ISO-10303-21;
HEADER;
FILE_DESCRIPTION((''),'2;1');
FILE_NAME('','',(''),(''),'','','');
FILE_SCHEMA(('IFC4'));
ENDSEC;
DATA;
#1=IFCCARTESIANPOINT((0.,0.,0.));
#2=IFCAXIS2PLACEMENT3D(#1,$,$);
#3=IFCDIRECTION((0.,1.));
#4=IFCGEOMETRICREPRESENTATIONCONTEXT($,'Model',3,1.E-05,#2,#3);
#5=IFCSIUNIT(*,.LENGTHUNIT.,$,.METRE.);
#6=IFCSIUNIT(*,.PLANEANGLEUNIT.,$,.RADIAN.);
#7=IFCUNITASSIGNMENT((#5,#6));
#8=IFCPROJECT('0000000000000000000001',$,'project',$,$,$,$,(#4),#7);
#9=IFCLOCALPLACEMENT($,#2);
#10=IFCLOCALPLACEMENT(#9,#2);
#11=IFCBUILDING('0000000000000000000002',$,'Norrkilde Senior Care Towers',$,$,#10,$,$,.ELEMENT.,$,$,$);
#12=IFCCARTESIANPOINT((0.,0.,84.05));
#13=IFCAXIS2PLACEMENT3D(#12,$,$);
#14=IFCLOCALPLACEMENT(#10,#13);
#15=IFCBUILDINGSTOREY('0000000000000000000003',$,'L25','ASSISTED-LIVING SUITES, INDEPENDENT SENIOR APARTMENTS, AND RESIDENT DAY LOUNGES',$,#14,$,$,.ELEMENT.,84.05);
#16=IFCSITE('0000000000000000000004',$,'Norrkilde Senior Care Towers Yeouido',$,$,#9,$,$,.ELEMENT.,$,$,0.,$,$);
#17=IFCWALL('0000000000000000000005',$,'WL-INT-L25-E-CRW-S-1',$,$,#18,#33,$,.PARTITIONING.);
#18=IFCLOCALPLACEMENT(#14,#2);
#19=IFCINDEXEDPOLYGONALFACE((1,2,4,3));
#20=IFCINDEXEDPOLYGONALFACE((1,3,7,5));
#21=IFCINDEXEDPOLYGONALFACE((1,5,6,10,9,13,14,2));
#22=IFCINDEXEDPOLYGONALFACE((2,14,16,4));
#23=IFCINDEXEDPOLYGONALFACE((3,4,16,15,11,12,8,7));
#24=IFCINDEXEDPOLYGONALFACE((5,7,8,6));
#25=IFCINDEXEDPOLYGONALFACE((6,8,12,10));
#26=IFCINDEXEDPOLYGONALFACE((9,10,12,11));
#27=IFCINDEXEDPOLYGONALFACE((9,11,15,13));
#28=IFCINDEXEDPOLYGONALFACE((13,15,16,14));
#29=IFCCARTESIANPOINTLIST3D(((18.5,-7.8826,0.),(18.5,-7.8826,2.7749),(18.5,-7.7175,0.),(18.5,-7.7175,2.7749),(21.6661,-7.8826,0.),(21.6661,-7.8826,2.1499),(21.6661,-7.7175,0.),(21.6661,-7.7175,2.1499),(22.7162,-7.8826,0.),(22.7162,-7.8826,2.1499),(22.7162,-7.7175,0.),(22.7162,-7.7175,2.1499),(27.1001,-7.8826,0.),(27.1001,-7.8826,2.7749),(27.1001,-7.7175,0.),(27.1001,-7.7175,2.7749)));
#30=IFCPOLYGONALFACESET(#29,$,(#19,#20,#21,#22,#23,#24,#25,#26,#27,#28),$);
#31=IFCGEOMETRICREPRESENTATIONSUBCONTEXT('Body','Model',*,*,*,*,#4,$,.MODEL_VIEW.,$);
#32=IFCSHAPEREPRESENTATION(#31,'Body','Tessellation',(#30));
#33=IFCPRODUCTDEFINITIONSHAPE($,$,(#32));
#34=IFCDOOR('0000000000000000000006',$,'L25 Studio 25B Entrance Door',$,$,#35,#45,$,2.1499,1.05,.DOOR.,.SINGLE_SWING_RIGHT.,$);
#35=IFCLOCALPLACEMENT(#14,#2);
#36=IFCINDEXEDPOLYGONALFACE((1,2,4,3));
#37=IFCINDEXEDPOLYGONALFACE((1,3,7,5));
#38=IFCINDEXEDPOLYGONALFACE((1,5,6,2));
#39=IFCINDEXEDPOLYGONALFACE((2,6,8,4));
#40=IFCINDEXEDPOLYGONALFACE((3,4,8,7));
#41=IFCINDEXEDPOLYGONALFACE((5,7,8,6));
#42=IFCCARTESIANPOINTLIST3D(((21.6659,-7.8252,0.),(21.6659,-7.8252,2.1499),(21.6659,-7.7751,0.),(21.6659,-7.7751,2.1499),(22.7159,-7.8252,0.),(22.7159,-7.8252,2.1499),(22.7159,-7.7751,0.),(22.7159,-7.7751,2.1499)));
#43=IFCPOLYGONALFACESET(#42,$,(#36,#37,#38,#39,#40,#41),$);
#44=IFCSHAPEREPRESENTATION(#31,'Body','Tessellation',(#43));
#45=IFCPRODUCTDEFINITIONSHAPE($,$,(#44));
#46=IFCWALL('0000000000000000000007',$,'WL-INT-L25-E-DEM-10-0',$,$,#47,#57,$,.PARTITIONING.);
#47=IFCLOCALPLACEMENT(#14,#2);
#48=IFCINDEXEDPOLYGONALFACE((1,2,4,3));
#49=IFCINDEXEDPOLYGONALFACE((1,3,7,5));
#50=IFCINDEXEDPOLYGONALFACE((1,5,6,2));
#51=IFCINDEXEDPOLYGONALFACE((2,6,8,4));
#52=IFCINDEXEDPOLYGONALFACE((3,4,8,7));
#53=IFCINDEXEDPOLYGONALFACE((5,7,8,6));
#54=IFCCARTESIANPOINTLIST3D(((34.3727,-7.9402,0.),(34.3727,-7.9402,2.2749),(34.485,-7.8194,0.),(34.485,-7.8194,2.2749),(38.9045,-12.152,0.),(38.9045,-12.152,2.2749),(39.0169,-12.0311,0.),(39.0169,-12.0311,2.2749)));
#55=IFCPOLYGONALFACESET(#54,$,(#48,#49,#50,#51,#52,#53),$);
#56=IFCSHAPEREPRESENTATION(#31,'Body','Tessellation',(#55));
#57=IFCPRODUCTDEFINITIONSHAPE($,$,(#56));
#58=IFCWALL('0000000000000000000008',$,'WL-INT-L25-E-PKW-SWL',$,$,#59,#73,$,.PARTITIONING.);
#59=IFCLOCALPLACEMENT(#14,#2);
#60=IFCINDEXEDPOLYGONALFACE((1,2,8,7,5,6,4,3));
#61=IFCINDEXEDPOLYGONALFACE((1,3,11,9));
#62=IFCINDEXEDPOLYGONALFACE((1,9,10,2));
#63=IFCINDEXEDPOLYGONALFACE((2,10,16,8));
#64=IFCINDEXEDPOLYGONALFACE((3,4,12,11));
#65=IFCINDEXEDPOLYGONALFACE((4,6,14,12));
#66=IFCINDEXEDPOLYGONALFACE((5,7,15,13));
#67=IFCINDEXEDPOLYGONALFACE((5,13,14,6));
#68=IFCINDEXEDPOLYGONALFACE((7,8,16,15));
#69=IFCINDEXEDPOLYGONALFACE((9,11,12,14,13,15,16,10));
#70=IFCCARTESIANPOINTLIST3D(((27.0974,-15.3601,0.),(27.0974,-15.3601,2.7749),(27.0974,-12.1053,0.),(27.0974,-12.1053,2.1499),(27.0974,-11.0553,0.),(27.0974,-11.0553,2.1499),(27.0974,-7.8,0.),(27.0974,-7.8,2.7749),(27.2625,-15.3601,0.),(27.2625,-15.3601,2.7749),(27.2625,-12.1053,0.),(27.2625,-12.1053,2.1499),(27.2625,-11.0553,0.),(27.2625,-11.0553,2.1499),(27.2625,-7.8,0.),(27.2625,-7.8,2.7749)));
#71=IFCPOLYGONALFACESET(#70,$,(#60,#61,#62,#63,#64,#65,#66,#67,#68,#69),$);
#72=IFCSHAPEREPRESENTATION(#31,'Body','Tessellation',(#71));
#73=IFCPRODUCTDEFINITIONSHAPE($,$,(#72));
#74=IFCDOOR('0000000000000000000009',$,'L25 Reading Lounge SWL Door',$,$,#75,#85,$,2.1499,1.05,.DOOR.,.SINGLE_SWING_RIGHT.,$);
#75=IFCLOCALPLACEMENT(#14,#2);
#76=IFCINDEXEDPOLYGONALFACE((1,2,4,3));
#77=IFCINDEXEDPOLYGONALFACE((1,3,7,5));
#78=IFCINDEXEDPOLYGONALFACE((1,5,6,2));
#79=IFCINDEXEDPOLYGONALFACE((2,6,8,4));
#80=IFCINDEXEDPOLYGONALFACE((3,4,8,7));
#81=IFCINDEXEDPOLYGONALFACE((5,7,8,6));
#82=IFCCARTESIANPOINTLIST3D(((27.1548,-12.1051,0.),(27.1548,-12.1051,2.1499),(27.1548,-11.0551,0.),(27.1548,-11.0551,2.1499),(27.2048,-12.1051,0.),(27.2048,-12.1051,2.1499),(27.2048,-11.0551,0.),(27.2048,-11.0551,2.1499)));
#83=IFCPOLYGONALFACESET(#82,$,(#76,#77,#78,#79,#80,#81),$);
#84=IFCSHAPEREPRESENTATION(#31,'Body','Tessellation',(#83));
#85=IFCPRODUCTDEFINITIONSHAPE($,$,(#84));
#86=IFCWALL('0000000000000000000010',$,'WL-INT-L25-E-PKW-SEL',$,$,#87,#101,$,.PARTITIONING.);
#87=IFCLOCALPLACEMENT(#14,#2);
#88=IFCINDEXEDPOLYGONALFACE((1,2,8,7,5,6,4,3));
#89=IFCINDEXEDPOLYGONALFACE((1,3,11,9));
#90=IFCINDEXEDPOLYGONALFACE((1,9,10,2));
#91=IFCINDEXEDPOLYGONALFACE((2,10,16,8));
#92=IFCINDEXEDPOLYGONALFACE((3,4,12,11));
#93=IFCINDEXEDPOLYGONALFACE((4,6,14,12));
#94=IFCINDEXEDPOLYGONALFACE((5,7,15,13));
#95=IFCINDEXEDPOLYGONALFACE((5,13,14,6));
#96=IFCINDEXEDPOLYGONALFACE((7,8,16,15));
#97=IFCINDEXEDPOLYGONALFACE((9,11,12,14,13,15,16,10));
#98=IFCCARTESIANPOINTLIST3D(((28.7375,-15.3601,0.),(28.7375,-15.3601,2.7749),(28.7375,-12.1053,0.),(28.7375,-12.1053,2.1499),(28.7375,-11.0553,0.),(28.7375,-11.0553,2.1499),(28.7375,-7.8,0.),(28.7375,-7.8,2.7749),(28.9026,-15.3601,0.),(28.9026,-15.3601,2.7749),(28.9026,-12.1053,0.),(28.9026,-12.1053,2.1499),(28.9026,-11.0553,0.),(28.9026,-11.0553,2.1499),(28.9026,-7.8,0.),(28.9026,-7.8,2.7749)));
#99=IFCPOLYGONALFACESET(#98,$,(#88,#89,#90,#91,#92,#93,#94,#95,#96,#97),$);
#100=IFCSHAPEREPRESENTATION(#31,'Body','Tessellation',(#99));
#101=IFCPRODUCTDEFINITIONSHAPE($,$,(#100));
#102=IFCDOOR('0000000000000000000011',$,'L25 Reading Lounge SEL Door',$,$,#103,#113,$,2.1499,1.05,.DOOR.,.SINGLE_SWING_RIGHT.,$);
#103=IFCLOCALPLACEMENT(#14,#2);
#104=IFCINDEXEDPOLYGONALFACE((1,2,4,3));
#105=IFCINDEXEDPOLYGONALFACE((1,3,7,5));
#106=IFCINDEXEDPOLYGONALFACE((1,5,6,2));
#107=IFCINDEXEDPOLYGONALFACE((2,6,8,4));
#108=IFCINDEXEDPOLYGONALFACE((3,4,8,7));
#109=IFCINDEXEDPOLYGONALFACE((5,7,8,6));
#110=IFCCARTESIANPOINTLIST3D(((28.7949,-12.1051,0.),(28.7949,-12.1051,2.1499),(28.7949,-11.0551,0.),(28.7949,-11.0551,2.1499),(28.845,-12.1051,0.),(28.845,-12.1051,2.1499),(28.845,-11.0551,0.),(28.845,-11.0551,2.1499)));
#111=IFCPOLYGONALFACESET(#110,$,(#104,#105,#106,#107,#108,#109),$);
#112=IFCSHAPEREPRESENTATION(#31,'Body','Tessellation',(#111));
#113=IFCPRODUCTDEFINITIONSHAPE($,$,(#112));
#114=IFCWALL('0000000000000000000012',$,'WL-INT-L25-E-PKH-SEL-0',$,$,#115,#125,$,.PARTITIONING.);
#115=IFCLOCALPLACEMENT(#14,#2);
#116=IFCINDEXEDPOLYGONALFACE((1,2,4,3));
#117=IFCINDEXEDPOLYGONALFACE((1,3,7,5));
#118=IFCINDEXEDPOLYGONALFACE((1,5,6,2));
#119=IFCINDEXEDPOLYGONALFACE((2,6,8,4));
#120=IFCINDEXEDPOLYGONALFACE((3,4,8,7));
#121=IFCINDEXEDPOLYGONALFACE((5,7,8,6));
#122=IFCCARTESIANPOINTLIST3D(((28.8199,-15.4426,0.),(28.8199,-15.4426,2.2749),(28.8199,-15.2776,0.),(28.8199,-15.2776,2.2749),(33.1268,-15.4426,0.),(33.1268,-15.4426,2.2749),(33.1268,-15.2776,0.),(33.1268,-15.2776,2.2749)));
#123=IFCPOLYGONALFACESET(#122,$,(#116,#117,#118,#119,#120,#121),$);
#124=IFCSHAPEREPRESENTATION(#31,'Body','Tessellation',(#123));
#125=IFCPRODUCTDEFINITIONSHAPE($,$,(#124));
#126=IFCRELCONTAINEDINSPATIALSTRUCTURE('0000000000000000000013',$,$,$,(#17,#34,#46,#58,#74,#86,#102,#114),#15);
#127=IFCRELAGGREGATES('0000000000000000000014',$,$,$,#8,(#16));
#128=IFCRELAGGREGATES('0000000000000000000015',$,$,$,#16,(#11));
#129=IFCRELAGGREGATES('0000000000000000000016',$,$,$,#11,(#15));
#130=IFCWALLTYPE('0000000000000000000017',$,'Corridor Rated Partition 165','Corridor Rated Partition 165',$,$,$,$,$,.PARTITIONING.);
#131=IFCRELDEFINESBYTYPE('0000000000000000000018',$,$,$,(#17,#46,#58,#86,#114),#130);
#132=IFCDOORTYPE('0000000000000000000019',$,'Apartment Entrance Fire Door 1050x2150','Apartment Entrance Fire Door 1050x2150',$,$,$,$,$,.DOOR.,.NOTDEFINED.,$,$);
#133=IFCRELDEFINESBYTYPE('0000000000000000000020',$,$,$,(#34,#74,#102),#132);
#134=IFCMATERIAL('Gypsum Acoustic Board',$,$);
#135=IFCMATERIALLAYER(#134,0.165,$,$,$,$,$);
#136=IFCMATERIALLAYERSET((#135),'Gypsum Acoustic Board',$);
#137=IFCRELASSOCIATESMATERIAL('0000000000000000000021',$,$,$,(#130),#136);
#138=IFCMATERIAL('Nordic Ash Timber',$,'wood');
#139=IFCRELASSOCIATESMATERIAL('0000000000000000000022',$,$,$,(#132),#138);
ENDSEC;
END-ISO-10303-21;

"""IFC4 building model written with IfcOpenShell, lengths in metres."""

from ifc_helpers import new_model, si_unit, direction, frame, frame_2d, origin, place, context, subcontext, project, spatial, rectangle, extrude, source, transform, mapped, material, layer, layer_set, type_object, type_shapes, element, fill, save


model = new_model("IFC4")

# Units and contexts
model_context = context("Model", 3, precision=1e-05, world=origin(), true_north=direction((0.0, 1.0)))
body_context = subcontext(model_context, "Body", "Model", "MODEL_VIEW")
ifc_project = project(units=[si_unit("LENGTHUNIT", "METRE"), si_unit("PLANEANGLEUNIT", "RADIAN")], contexts=[model_context])

# Site, building, storey
site_placement = place(None, origin())
site = spatial("IfcSite", under=ifc_project, at=site_placement, Name="Norrkilde Senior Care Towers Yeouido", CompositionType="ELEMENT", RefElevation=0.0)
building_placement = place(site_placement, origin())
building = spatial("IfcBuilding", under=site, at=building_placement, Name="Norrkilde Senior Care Towers", CompositionType="ELEMENT")
storey_placement = place(building_placement, frame((0.0, 0.0, 84.05)))
storey = spatial("IfcBuildingStorey", under=building, at=storey_placement, Name="L25", Description="ASSISTED-LIVING SUITES, INDEPENDENT SENIOR APARTMENTS, AND RESIDENT DAY LOUNGES", CompositionType="ELEMENT", Elevation=84.05)

# Wall, opening, door
ifc_material_1 = material(Name="Gypsum Acoustic Board")
ifc_layer_1 = layer(ifc_material_1, 0.165)
ifc_layer_set_1 = layer_set([ifc_layer_1], Name="Gypsum Acoustic Board")
wall_type_1 = type_object("IfcWallType", Name="Corridor Rated Partition 165", Description="Corridor Rated Partition 165", PredefinedType="PARTITIONING", material=ifc_layer_set_1)
shared_shape_1 = source(origin(), body_context, "Body", "SweptSolid", [
    extrude(rectangle(XDim=8.6001, YDim=0.165, at=frame_2d((4.3, 0.0))), origin(), (0.0, 0.0, 1.0), 2.7749),
])
wall_1_placement = place(storey_placement, frame((27.1001, -7.8, 0.0), z_axis=(0.0, 0.0, 1.0), x_axis=(-1.0, 0.0, 0.0)))
wall_1 = element("IfcWall", 1, at=wall_1_placement, inside=storey, type_object=wall_type_1, Name="WL-INT-L25-E-CRW-S-1", PredefinedType="PARTITIONING", context=body_context, shape_type="MappedRepresentation", body=[
    mapped(shared_shape_1, transform((0.0, 0.0, 0.0), x_axis=(1.0, 0.0, 0.0), y_axis=(0.0, 1.0, 0.0), z_axis=(0.0, 0.0, 1.0), scale=1.0)),
])
opening_1_placement = place(wall_1_placement, frame((4.384, 0.0, 0.0)))
opening_1 = element("IfcOpeningElement", 2, at=opening_1_placement, cuts=wall_1, PredefinedType="OPENING", context=body_context, shape_type="SweptSolid", body=[
    extrude(rectangle(XDim=1.05, YDim=2.1499, at=frame_2d((0.5249, 1.075))), frame((0.0, 0.0925, 0.0), z_axis=(0.0, -1.0, 0.0), x_axis=(1.0, 0.0, 0.0)), (0.0, 0.0, 1.0), 0.1851),
])
ifc_material_2 = material(Name="Nordic Ash Timber", Category="wood")
door_type_1 = type_object("IfcDoorType", Name="Apartment Entrance Fire Door 1050x2150", Description="Apartment Entrance Fire Door 1050x2150", OperationType="NOTDEFINED", PredefinedType="DOOR", material=ifc_material_2)
shared_shape_2 = source(origin(), body_context, "Body", "SweptSolid", [
    extrude(rectangle(XDim=1.05, YDim=2.1499, at=frame_2d((0.5249, 1.075))), frame((0.0, 0.0249, 0.0), z_axis=(0.0, -1.0, 0.0), x_axis=(1.0, 0.0, 0.0)), (0.0, 0.0, 1.0), 0.05),
])
type_shapes(door_type_1, [shared_shape_2])
door_1_placement = place(opening_1_placement, frame((1.05, 0.0, 0.0), z_axis=(0.0, 0.0, 1.0), x_axis=(-1.0, 0.0, 0.0)))
door_1 = element("IfcDoor", 3, at=door_1_placement, inside=storey, type_object=door_type_1, Name="L25 Studio 25B Entrance Door", OperationType="SINGLE_SWING_RIGHT", OverallHeight=2.1499, OverallWidth=1.05, PredefinedType="DOOR", context=body_context, shape_type="MappedRepresentation", body=[
    mapped(shared_shape_2, transform((0.0, 0.0, 0.0), x_axis=(1.0, 0.0, 0.0), y_axis=(0.0, 1.0, 0.0), z_axis=(0.0, 0.0, 1.0), scale=1.0)),
])
fill(opening_1, door_1)

# Wall
shared_shape_3 = source(origin(), body_context, "Body", "SweptSolid", [
    extrude(rectangle(XDim=6.1868, YDim=0.165, at=frame_2d((3.0933, 0.0))), origin(), (0.0, 0.0, 1.0), 2.2749),
])
wall_2_placement = place(storey_placement, frame((34.429, -7.8799, 0.0), z_axis=(0.0, 0.0, 1.0), x_axis=(0.732501, -0.680766, 0.0)))
element("IfcWall", 4, at=wall_2_placement, inside=storey, type_object=wall_type_1, Name="WL-INT-L25-E-DEM-10-0", PredefinedType="PARTITIONING", context=body_context, shape_type="MappedRepresentation", body=[
    mapped(shared_shape_3, transform((0.0, 0.0, 0.0), x_axis=(1.0, 0.0, 0.0), y_axis=(0.0, 1.0, 0.0), z_axis=(0.0, 0.0, 1.0), scale=1.0)),
])

# Walls, openings, doors
shared_shape_4 = source(origin(), body_context, "Body", "SweptSolid", [
    extrude(rectangle(XDim=7.5601, YDim=0.165, at=frame_2d((3.78, 0.0))), origin(), (0.0, 0.0, 1.0), 2.7749),
])
wall_3_placement = place(storey_placement, frame((27.1799, -15.3601, 0.0), z_axis=(0.0, 0.0, 1.0), x_axis=(0.0, 1.0, 0.0)))
wall_3 = element("IfcWall", 5, at=wall_3_placement, inside=storey, type_object=wall_type_1, Name="WL-INT-L25-E-PKW-SWL", PredefinedType="PARTITIONING", context=body_context, shape_type="MappedRepresentation", body=[
    mapped(shared_shape_4, transform((0.0, 0.0, 0.0), x_axis=(1.0, 0.0, 0.0), y_axis=(0.0, 1.0, 0.0), z_axis=(0.0, 0.0, 1.0), scale=1.0)),
])
opening_2_placement = place(wall_3_placement, frame((3.2549, 0.0, 0.0)))
opening_2 = element("IfcOpeningElement", 6, at=opening_2_placement, cuts=wall_3, PredefinedType="OPENING", context=body_context, shape_type="SweptSolid", body=[
    extrude(rectangle(XDim=1.05, YDim=2.1499, at=frame_2d((0.5249, 1.075))), frame((0.0, 0.0925, 0.0), z_axis=(0.0, -1.0, 0.0), x_axis=(1.0, 0.0, 0.0)), (0.0, 0.0, 1.0), 0.1851),
])
door_2_placement = place(opening_2_placement, frame((1.05, 0.0, 0.0), z_axis=(0.0, 0.0, 1.0), x_axis=(-1.0, 0.0, 0.0)))
door_2 = element("IfcDoor", 7, at=door_2_placement, inside=storey, type_object=door_type_1, Name="L25 Reading Lounge SWL Door", OperationType="SINGLE_SWING_RIGHT", OverallHeight=2.1499, OverallWidth=1.05, PredefinedType="DOOR", context=body_context, shape_type="MappedRepresentation", body=[
    mapped(shared_shape_2, transform((0.0, 0.0, 0.0), x_axis=(1.0, 0.0, 0.0), y_axis=(0.0, 1.0, 0.0), z_axis=(0.0, 0.0, 1.0), scale=1.0)),
])
fill(opening_2, door_2)
wall_4_placement = place(storey_placement, frame((28.8201, -15.3601, 0.0), z_axis=(0.0, 0.0, 1.0), x_axis=(0.0, 1.0, 0.0)))
wall_4 = element("IfcWall", 8, at=wall_4_placement, inside=storey, type_object=wall_type_1, Name="WL-INT-L25-E-PKW-SEL", PredefinedType="PARTITIONING", context=body_context, shape_type="MappedRepresentation", body=[
    mapped(shared_shape_4, transform((0.0, 0.0, 0.0), x_axis=(1.0, 0.0, 0.0), y_axis=(0.0, 1.0, 0.0), z_axis=(0.0, 0.0, 1.0), scale=1.0)),
])
opening_3_placement = place(wall_4_placement, frame((3.2549, 0.0, 0.0)))
opening_3 = element("IfcOpeningElement", 9, at=opening_3_placement, cuts=wall_4, PredefinedType="OPENING", context=body_context, shape_type="SweptSolid", body=[
    extrude(rectangle(XDim=1.05, YDim=2.1499, at=frame_2d((0.5249, 1.075))), frame((0.0, 0.0925, 0.0), z_axis=(0.0, -1.0, 0.0), x_axis=(1.0, 0.0, 0.0)), (0.0, 0.0, 1.0), 0.1851),
])
door_3_placement = place(opening_3_placement, frame((1.05, 0.0, 0.0), z_axis=(0.0, 0.0, 1.0), x_axis=(-1.0, 0.0, 0.0)))
door_3 = element("IfcDoor", 10, at=door_3_placement, inside=storey, type_object=door_type_1, Name="L25 Reading Lounge SEL Door", OperationType="SINGLE_SWING_RIGHT", OverallHeight=2.1499, OverallWidth=1.05, PredefinedType="DOOR", context=body_context, shape_type="MappedRepresentation", body=[
    mapped(shared_shape_2, transform((0.0, 0.0, 0.0), x_axis=(1.0, 0.0, 0.0), y_axis=(0.0, 1.0, 0.0), z_axis=(0.0, 0.0, 1.0), scale=1.0)),
])
fill(opening_3, door_3)

# Wall
shared_shape_5 = source(origin(), body_context, "Body", "SweptSolid", [
    extrude(rectangle(XDim=4.3069, YDim=0.165, at=frame_2d((2.1533, 0.0))), origin(), (0.0, 0.0, 1.0), 2.2749),
])
type_shapes(wall_type_1, [shared_shape_1, shared_shape_3, shared_shape_4, shared_shape_5])
wall_5_placement = place(storey_placement, frame((28.8201, -15.3601, 0.0), z_axis=(0.0, 0.0, 1.0), x_axis=(1.0, 0.0, 0.0)))
element("IfcWall", 11, at=wall_5_placement, inside=storey, type_object=wall_type_1, Name="WL-INT-L25-E-PKH-SEL-0", PredefinedType="PARTITIONING", context=body_context, shape_type="MappedRepresentation", body=[
    mapped(shared_shape_5, transform((0.0, 0.0, 0.0), x_axis=(1.0, 0.0, 0.0), y_axis=(0.0, 1.0, 0.0), z_axis=(0.0, 0.0, 1.0), scale=1.0)),
])

save(model, "model.ifc")
